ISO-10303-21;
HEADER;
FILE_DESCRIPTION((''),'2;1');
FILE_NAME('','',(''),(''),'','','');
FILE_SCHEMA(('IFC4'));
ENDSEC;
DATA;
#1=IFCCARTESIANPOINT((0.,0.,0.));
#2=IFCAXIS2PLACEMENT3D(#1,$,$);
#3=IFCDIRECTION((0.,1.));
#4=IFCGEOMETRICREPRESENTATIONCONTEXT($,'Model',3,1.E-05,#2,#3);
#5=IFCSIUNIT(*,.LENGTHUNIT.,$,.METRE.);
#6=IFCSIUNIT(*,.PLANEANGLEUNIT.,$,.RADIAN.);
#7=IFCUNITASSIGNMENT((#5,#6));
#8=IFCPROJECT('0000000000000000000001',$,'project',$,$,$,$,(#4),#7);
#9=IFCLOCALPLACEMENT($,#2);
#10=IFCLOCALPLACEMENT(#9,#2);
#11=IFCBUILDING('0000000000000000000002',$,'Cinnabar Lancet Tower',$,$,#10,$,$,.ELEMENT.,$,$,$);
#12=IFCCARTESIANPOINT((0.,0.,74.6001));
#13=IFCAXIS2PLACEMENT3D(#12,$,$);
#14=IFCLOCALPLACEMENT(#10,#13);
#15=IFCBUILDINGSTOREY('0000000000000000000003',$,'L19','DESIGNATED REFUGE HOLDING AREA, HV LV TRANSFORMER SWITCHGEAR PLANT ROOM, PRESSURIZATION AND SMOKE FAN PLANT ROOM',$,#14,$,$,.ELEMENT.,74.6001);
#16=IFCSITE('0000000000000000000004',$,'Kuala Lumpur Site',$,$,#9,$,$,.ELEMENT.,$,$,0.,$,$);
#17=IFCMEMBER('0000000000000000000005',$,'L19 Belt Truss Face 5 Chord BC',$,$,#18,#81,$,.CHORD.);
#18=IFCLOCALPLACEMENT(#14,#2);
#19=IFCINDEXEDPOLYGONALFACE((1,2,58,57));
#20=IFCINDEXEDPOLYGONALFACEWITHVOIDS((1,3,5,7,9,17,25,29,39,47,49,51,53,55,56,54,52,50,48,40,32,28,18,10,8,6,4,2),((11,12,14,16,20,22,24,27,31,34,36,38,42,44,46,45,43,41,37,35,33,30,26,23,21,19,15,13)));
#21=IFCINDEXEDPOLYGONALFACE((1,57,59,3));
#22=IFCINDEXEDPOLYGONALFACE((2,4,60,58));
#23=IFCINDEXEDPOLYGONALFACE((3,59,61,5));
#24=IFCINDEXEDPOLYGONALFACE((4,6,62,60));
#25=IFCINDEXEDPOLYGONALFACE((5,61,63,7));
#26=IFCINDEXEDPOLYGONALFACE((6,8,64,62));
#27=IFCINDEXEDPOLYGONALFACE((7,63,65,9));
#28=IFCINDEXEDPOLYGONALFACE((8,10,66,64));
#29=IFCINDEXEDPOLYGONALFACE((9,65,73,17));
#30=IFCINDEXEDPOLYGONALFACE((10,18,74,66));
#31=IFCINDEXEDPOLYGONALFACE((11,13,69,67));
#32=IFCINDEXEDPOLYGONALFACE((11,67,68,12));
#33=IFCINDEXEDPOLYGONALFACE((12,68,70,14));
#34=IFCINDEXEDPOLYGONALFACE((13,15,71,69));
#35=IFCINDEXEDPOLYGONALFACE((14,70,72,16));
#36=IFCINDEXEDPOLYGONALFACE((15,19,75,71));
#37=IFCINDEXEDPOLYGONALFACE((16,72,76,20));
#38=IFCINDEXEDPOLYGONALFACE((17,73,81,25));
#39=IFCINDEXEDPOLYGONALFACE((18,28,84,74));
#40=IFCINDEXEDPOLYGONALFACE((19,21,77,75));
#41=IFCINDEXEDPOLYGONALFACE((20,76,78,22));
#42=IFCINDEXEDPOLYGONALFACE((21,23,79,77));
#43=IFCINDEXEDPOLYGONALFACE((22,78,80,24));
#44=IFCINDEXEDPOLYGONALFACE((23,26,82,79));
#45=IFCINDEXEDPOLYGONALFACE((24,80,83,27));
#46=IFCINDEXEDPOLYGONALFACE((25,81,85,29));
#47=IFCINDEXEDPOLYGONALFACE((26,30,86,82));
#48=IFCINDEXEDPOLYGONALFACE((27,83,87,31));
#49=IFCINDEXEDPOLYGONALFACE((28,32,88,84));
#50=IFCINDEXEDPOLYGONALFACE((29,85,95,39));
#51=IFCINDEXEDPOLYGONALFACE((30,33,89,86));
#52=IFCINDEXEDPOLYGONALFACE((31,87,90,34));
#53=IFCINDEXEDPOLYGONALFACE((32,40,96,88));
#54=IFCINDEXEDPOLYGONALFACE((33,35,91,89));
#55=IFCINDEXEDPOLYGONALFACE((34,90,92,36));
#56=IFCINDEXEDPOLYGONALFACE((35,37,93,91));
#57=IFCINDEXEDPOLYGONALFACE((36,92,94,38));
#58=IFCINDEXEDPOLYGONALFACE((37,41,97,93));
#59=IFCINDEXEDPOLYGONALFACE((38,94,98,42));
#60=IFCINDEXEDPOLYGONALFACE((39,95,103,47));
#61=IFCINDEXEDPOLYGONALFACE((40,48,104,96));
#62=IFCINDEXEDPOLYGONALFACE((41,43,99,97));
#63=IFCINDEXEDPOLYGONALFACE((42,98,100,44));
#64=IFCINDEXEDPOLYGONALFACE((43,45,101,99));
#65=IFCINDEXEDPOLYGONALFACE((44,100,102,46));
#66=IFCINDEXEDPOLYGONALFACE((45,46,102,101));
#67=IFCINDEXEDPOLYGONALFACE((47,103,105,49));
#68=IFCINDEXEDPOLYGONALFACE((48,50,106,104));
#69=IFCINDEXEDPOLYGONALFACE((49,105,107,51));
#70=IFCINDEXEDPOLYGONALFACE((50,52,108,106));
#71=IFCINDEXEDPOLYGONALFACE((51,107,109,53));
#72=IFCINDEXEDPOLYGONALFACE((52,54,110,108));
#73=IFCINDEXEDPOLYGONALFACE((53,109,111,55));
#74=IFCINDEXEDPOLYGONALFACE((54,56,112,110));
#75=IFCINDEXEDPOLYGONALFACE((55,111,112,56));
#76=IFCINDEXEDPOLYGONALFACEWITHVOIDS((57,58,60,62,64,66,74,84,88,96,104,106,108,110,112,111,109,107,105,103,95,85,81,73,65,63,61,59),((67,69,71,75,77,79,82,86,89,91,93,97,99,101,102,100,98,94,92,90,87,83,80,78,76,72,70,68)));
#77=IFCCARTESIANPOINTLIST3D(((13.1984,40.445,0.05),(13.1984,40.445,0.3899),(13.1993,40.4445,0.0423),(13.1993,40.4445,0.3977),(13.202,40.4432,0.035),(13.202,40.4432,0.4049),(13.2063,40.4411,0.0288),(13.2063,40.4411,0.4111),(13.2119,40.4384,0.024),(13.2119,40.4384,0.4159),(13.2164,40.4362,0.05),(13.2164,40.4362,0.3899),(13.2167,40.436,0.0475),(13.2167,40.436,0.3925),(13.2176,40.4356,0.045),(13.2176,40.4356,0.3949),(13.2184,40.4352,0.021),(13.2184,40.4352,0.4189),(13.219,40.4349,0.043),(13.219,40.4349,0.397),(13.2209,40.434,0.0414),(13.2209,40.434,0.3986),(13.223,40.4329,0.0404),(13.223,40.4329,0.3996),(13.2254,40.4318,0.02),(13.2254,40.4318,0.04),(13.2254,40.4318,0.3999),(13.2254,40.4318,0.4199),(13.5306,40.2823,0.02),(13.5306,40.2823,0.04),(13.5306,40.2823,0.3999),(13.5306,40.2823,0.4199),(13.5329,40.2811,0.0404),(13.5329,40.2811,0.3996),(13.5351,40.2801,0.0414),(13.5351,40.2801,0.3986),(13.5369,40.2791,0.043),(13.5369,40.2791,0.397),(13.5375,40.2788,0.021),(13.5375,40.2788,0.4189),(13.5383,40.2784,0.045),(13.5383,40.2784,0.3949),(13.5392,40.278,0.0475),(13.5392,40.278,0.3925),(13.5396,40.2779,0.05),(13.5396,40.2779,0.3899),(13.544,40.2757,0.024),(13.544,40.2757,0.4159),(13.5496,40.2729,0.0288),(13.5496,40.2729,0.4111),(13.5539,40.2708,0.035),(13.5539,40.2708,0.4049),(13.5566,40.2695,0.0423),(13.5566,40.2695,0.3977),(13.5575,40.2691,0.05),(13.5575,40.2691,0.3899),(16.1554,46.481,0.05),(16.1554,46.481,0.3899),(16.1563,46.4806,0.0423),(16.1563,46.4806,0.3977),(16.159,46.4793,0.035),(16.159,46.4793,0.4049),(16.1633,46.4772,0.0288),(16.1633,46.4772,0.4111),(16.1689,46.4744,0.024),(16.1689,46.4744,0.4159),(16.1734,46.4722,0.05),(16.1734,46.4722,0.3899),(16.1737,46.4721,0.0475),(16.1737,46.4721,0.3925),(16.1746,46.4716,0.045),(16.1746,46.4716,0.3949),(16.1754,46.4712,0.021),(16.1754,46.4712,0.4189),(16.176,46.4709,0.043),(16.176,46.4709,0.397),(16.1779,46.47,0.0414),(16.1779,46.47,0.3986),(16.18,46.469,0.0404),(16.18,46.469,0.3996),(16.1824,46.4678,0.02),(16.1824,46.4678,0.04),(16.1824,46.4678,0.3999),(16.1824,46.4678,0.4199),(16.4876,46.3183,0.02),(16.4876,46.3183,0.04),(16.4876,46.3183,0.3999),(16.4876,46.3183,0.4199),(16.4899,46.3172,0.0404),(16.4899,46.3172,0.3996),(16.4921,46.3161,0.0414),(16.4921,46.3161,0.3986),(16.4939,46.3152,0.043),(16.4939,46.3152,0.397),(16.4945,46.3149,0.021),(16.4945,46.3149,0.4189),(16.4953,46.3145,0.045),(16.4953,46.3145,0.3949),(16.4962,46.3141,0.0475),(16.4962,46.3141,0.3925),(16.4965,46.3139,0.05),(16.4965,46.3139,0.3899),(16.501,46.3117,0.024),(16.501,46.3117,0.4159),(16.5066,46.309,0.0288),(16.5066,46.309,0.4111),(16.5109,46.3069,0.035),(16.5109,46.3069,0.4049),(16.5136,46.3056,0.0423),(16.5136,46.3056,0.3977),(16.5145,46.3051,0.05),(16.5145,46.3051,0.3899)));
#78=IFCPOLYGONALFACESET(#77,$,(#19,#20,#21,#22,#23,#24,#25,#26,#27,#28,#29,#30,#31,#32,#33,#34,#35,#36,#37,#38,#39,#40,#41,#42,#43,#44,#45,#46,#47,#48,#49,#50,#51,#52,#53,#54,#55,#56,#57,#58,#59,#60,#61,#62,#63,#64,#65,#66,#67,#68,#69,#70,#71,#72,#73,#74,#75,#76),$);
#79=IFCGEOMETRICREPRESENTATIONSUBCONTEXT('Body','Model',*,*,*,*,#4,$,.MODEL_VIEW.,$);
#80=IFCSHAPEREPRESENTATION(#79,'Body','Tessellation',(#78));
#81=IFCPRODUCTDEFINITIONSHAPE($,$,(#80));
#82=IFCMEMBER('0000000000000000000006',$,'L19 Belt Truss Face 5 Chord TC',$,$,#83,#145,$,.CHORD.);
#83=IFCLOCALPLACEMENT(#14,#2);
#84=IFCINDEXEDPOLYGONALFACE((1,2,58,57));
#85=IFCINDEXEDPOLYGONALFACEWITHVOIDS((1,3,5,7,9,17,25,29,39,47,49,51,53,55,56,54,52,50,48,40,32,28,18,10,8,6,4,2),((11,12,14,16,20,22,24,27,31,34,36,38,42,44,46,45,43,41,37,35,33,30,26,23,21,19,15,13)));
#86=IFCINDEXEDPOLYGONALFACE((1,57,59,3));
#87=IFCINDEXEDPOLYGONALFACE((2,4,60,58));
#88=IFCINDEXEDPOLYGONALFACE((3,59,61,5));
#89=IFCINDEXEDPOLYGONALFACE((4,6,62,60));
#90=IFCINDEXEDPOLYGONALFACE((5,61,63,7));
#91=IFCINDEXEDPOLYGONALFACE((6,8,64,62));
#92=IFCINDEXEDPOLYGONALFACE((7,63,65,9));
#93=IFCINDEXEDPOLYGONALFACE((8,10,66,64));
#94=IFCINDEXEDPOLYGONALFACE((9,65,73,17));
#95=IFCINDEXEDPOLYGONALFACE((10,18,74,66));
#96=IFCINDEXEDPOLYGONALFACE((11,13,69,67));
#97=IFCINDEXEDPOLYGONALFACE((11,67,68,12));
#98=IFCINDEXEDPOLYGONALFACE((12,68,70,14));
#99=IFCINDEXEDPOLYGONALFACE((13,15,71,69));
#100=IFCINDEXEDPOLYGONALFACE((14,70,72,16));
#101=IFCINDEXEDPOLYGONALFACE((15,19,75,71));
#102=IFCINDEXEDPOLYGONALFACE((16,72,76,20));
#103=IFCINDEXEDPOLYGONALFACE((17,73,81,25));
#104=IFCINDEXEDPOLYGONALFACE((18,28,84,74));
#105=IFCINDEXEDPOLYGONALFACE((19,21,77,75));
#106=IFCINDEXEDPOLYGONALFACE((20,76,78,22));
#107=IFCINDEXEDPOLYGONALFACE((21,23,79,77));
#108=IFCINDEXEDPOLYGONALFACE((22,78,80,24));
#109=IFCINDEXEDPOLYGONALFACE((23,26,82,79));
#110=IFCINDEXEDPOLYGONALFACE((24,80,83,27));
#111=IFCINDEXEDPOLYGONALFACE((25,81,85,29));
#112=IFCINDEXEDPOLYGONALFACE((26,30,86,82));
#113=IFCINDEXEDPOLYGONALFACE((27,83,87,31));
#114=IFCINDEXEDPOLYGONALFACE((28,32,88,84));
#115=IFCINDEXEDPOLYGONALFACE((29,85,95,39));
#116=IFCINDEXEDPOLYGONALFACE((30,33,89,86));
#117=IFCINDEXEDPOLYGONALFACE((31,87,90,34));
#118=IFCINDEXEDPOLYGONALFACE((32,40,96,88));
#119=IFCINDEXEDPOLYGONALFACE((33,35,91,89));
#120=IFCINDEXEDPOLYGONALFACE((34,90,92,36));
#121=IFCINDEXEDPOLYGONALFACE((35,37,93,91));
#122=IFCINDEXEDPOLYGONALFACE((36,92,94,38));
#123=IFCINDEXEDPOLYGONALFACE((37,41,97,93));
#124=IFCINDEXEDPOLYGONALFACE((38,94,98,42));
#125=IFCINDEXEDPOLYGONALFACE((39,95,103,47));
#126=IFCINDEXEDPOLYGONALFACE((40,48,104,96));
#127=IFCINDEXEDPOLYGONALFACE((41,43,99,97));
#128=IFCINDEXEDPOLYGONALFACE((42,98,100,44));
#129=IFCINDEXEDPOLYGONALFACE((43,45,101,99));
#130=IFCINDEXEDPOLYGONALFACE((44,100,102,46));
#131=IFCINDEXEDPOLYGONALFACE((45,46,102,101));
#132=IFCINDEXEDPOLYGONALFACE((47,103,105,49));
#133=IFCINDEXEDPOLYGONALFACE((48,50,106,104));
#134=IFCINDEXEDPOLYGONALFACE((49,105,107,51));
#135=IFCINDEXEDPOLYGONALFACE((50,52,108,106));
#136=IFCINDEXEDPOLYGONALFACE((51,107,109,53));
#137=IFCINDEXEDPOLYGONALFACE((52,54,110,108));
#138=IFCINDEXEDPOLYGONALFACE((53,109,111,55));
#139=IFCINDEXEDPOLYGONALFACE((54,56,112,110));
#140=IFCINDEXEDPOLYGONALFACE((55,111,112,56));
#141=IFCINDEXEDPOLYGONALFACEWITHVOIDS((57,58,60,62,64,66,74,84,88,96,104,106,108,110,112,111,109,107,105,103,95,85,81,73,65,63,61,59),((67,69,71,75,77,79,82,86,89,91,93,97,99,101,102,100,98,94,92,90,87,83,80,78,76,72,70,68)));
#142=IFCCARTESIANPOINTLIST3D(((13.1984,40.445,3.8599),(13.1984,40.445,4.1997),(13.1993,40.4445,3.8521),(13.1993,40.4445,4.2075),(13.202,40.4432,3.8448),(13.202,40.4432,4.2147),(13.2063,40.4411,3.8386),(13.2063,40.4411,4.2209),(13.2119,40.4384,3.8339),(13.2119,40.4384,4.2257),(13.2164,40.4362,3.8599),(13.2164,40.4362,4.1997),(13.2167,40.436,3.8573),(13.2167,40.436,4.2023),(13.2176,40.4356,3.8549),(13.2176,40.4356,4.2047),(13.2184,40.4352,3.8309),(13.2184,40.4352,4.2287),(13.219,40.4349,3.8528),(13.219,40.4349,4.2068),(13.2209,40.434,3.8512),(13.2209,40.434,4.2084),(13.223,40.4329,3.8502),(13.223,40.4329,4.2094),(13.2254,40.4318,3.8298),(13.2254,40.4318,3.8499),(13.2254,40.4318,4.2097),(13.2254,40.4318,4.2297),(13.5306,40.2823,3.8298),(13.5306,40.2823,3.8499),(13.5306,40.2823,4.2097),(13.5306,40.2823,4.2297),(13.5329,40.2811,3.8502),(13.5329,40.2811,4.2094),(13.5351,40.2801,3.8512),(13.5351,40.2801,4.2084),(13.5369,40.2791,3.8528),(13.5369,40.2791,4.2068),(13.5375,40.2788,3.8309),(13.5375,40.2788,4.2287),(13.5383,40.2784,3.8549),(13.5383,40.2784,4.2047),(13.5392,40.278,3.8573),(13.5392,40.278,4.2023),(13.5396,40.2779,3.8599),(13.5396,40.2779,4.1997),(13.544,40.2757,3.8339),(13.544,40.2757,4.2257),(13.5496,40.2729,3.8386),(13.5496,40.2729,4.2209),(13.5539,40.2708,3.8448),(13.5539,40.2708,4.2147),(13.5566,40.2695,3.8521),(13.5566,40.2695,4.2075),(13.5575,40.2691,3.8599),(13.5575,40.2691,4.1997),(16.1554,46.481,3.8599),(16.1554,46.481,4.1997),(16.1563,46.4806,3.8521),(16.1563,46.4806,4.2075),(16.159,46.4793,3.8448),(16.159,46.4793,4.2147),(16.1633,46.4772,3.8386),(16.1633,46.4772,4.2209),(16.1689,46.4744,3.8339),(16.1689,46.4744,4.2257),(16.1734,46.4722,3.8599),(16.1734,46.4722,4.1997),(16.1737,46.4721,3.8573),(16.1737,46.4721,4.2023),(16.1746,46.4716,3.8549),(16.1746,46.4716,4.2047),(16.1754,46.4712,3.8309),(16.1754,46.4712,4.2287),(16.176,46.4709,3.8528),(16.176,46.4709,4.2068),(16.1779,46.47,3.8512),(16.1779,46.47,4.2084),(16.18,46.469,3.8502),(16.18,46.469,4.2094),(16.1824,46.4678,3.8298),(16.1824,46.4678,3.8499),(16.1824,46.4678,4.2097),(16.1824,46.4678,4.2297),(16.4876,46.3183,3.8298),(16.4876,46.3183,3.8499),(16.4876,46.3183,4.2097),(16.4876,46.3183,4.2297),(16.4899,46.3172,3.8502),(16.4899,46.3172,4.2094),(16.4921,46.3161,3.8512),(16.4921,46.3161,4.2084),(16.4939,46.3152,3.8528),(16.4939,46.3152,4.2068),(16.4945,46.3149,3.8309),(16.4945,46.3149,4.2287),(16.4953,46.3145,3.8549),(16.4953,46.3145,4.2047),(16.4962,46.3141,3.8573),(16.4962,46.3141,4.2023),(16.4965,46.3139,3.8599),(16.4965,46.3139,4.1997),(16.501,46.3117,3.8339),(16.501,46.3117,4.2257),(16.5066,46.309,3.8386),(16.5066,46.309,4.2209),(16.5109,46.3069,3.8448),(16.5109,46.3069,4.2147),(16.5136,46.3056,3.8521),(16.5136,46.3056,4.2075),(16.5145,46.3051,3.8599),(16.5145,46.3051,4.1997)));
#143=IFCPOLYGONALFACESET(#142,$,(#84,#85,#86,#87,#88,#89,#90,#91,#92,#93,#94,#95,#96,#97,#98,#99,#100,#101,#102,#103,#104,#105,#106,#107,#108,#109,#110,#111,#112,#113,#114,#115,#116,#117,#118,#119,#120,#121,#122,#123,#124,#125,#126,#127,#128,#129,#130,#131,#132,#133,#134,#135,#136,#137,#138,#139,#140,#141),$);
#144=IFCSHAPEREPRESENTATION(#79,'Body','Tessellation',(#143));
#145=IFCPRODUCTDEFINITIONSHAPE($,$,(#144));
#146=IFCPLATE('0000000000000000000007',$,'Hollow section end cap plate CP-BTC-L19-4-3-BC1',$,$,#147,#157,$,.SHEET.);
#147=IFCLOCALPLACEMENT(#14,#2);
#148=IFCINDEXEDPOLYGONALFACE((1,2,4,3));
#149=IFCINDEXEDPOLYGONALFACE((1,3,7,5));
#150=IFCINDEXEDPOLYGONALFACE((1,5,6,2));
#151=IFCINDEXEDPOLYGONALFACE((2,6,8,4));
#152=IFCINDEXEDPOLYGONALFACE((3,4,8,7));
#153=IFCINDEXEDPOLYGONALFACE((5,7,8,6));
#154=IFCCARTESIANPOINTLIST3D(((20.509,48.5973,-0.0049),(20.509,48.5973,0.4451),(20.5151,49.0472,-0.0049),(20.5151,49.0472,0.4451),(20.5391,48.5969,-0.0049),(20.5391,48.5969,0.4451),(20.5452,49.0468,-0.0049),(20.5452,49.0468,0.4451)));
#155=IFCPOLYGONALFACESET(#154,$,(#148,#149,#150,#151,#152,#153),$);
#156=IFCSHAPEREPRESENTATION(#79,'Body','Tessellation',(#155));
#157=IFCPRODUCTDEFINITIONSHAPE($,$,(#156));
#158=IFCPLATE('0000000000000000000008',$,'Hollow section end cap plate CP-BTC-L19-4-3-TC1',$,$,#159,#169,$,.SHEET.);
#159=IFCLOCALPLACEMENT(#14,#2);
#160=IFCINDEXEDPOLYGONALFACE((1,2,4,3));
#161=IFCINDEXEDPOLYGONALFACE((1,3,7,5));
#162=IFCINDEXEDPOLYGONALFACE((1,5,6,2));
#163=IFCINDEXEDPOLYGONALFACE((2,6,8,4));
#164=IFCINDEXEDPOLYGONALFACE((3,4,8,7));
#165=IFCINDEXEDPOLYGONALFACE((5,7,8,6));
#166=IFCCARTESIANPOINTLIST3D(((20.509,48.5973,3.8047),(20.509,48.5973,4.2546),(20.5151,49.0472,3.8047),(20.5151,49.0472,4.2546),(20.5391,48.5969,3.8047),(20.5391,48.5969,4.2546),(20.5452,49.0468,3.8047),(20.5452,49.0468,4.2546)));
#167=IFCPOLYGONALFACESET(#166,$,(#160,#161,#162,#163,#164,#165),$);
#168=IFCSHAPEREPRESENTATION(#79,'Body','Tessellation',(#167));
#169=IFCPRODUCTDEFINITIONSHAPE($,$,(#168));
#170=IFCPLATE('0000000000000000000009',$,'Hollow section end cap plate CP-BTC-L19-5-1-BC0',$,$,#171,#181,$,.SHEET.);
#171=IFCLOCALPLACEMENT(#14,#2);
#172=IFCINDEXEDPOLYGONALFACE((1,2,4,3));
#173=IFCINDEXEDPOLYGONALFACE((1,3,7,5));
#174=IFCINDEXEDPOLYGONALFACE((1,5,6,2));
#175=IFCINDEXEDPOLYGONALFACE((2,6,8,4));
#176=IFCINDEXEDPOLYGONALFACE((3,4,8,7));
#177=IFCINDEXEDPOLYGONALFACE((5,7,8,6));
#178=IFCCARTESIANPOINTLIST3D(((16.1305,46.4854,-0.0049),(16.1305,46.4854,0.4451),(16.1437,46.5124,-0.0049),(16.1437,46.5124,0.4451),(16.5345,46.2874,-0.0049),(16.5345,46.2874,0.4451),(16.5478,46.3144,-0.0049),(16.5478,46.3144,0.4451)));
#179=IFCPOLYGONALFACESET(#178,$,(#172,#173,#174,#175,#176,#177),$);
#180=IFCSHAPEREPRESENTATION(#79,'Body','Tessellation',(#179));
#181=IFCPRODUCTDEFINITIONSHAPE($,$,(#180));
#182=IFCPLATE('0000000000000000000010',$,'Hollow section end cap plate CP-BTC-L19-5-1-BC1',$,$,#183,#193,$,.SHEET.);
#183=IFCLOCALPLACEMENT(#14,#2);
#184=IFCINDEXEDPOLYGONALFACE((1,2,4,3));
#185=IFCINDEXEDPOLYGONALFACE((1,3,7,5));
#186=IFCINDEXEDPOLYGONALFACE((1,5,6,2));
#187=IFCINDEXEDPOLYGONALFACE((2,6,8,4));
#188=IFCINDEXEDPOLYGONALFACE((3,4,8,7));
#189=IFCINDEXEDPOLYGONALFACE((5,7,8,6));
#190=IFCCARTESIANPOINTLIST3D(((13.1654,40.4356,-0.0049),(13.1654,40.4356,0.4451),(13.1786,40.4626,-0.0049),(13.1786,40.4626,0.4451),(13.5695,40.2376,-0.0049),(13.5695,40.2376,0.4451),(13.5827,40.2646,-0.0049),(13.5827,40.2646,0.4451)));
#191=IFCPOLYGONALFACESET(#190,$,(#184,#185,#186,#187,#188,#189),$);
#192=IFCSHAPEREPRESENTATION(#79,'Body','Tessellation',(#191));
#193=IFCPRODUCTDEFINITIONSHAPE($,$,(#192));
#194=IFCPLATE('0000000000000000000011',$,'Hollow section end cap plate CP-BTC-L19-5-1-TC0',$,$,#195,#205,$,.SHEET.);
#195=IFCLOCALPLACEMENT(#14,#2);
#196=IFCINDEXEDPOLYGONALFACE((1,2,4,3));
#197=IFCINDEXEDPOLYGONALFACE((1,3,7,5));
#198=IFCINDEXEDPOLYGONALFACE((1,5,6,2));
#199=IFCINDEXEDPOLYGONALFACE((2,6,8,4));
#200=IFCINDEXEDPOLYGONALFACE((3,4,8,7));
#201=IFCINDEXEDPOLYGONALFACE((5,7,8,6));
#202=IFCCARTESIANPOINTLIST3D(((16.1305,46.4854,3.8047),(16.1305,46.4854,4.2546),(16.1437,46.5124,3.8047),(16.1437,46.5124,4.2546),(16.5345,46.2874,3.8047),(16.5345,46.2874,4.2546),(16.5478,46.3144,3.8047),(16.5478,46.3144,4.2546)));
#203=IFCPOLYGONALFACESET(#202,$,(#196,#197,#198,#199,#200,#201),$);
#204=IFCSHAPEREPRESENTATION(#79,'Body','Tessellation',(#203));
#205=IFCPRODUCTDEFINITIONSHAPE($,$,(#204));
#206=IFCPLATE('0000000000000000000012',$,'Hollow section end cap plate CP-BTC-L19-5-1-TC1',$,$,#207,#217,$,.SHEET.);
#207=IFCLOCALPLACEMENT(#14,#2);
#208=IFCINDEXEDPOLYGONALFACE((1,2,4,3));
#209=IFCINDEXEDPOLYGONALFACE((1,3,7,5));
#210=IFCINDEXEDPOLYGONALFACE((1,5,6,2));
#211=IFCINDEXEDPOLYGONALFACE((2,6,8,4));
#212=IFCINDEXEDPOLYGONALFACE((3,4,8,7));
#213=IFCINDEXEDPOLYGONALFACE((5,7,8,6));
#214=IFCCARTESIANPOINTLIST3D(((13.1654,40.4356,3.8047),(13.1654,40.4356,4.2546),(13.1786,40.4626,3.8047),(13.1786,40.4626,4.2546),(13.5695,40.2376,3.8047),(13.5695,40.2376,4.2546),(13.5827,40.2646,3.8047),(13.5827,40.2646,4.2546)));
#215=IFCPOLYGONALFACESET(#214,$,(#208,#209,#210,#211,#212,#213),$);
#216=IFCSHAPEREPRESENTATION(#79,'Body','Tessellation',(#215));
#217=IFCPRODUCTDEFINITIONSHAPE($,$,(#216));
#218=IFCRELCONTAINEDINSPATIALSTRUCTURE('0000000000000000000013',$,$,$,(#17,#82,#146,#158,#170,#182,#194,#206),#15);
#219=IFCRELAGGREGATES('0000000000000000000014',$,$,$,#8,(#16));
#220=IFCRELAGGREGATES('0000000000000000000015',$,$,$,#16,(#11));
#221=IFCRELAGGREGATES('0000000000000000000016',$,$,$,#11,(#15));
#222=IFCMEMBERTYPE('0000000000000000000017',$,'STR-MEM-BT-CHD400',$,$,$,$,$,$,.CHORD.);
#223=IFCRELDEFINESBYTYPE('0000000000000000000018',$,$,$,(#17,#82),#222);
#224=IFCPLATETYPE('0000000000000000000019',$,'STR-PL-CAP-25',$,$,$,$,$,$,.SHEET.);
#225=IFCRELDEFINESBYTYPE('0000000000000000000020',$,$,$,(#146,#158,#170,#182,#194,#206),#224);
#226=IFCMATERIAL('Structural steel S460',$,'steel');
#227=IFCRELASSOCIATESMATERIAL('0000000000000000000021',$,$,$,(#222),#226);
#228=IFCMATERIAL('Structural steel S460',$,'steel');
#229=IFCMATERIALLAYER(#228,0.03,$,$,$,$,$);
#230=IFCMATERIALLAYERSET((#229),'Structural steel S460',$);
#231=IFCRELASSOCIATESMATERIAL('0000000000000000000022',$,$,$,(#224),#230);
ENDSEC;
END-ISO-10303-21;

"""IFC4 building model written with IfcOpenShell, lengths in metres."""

from ifc_helpers import new_model, si_unit, direction, frame, origin, origin_2d, place, context, subcontext, project, spatial, rectangle, hollow_rectangle, extrude, material, layer, layer_set, material_profile, profile_set, type_object, element, save


model = new_model("IFC4")

# Units and contexts
model_context = context("Model", 3, precision=1e-05, world=origin(), true_north=direction((0.0, 1.0)))
body_context = subcontext(model_context, "Body", "Model", "MODEL_VIEW")
ifc_project = project(units=[si_unit("LENGTHUNIT", "METRE"), si_unit("PLANEANGLEUNIT", "RADIAN")], contexts=[model_context])

# Site, building, storey
site_placement = place(None, origin())
site = spatial("IfcSite", under=ifc_project, at=site_placement, Name="Kuala Lumpur Site", CompositionType="ELEMENT", RefElevation=0.0)
building_placement = place(site_placement, origin())
building = spatial("IfcBuilding", under=site, at=building_placement, Name="Cinnabar Lancet Tower", CompositionType="ELEMENT")
storey_placement = place(building_placement, frame((0.0, 0.0, 74.6001)))
storey = spatial("IfcBuildingStorey", under=building, at=storey_placement, Name="L19", Description="DESIGNATED REFUGE HOLDING AREA, HV LV TRANSFORMER SWITCHGEAR PLANT ROOM, PRESSURIZATION AND SMOKE FAN PLANT ROOM", CompositionType="ELEMENT", Elevation=74.6001)

# Members
ifc_material_1 = material(Name="Structural steel S460", Category="steel")
ifc_material_profile_1 = material_profile(ifc_material_1, hollow_rectangle(XDim=0.3999, YDim=0.3999, WallThickness=0.02, InnerFilletRadius=0.01, OuterFilletRadius=0.03, at=origin_2d()), Name="SHS 400x400x20")
ifc_profile_set_1 = profile_set([ifc_material_profile_1], Name="Structural steel S460")
member_type_1 = type_object("IfcMemberType", Name="STR-MEM-BT-CHD400", PredefinedType="CHORD", material=ifc_profile_set_1)
for number, where, z_axis, x_axis, name in (
    (1, (16.335, 46.3931, 0.22), (-0.439934, -0.89803, 0.0), (0.89803, -0.439934, 0.0), "L19 Belt Truss Face 5 Chord BC"),
    (2, (16.335, 46.3931, 4.0298), (-0.439934, -0.89803, 0.0), (0.89803, -0.439934, 0.0), "L19 Belt Truss Face 5 Chord TC"),
):
    element("IfcMember", number, at=place(storey_placement, frame(where, z_axis=z_axis, x_axis=x_axis)), inside=storey, type_object=member_type_1, Name=name, PredefinedType="CHORD", context=body_context, shape_type="SweptSolid", body=[
        extrude(hollow_rectangle(XDim=0.3999, YDim=0.3999, WallThickness=0.02, InnerFilletRadius=0.01, OuterFilletRadius=0.03, at=origin_2d()), origin(), (0.0, 0.0, 1.0), 6.7214),
    ])

# Plates
ifc_material_2 = material(Name="Structural steel S460", Category="steel")
ifc_layer_1 = layer(ifc_material_2, 0.03)
ifc_layer_set_1 = layer_set([ifc_layer_1], Name="Structural steel S460")
plate_type = type_object("IfcPlateType", Name="STR-PL-CAP-25", PredefinedType="SHEET", material=ifc_layer_set_1)
for number, where, z_axis, x_axis, name in (
    (3, (20.5271, 48.822, -0.0049), (0.0, 0.0, 1.0), (-0.999909, 0.013526, 0.0), "Hollow section end cap plate CP-BTC-L19-4-3-BC1"),
    (4, (20.5271, 48.822, 3.8047), (0.0, 0.0, 1.0), (-0.999909, 0.013526, 0.0), "Hollow section end cap plate CP-BTC-L19-4-3-TC1"),
    (5, (16.3391, 46.3999, -0.0049), (0.0, 0.0, 1.0), (0.439939, 0.898028, 0.0), "Hollow section end cap plate CP-BTC-L19-5-1-BC0"),
    (6, (13.374, 40.3501, -0.0049), (0.0, 0.0, 1.0), (-0.439939, -0.898028, 0.0), "Hollow section end cap plate CP-BTC-L19-5-1-BC1"),
    (7, (16.3391, 46.3999, 3.8047), (0.0, 0.0, 1.0), (0.439939, 0.898028, 0.0), "Hollow section end cap plate CP-BTC-L19-5-1-TC0"),
    (8, (13.374, 40.3501, 3.8047), (0.0, 0.0, 1.0), (-0.439939, -0.898028, 0.0), "Hollow section end cap plate CP-BTC-L19-5-1-TC1"),
):
    element("IfcPlate", number, at=place(storey_placement, frame(where, z_axis=z_axis, x_axis=x_axis)), inside=storey, type_object=plate_type, Name=name, PredefinedType="SHEET", context=body_context, shape_type="SweptSolid", body=[
        extrude(rectangle(XDim=0.03, YDim=0.45, at=origin_2d()), origin(), (0.0, 0.0, 1.0), 0.45),
    ])

save(model, "model.ifc")
